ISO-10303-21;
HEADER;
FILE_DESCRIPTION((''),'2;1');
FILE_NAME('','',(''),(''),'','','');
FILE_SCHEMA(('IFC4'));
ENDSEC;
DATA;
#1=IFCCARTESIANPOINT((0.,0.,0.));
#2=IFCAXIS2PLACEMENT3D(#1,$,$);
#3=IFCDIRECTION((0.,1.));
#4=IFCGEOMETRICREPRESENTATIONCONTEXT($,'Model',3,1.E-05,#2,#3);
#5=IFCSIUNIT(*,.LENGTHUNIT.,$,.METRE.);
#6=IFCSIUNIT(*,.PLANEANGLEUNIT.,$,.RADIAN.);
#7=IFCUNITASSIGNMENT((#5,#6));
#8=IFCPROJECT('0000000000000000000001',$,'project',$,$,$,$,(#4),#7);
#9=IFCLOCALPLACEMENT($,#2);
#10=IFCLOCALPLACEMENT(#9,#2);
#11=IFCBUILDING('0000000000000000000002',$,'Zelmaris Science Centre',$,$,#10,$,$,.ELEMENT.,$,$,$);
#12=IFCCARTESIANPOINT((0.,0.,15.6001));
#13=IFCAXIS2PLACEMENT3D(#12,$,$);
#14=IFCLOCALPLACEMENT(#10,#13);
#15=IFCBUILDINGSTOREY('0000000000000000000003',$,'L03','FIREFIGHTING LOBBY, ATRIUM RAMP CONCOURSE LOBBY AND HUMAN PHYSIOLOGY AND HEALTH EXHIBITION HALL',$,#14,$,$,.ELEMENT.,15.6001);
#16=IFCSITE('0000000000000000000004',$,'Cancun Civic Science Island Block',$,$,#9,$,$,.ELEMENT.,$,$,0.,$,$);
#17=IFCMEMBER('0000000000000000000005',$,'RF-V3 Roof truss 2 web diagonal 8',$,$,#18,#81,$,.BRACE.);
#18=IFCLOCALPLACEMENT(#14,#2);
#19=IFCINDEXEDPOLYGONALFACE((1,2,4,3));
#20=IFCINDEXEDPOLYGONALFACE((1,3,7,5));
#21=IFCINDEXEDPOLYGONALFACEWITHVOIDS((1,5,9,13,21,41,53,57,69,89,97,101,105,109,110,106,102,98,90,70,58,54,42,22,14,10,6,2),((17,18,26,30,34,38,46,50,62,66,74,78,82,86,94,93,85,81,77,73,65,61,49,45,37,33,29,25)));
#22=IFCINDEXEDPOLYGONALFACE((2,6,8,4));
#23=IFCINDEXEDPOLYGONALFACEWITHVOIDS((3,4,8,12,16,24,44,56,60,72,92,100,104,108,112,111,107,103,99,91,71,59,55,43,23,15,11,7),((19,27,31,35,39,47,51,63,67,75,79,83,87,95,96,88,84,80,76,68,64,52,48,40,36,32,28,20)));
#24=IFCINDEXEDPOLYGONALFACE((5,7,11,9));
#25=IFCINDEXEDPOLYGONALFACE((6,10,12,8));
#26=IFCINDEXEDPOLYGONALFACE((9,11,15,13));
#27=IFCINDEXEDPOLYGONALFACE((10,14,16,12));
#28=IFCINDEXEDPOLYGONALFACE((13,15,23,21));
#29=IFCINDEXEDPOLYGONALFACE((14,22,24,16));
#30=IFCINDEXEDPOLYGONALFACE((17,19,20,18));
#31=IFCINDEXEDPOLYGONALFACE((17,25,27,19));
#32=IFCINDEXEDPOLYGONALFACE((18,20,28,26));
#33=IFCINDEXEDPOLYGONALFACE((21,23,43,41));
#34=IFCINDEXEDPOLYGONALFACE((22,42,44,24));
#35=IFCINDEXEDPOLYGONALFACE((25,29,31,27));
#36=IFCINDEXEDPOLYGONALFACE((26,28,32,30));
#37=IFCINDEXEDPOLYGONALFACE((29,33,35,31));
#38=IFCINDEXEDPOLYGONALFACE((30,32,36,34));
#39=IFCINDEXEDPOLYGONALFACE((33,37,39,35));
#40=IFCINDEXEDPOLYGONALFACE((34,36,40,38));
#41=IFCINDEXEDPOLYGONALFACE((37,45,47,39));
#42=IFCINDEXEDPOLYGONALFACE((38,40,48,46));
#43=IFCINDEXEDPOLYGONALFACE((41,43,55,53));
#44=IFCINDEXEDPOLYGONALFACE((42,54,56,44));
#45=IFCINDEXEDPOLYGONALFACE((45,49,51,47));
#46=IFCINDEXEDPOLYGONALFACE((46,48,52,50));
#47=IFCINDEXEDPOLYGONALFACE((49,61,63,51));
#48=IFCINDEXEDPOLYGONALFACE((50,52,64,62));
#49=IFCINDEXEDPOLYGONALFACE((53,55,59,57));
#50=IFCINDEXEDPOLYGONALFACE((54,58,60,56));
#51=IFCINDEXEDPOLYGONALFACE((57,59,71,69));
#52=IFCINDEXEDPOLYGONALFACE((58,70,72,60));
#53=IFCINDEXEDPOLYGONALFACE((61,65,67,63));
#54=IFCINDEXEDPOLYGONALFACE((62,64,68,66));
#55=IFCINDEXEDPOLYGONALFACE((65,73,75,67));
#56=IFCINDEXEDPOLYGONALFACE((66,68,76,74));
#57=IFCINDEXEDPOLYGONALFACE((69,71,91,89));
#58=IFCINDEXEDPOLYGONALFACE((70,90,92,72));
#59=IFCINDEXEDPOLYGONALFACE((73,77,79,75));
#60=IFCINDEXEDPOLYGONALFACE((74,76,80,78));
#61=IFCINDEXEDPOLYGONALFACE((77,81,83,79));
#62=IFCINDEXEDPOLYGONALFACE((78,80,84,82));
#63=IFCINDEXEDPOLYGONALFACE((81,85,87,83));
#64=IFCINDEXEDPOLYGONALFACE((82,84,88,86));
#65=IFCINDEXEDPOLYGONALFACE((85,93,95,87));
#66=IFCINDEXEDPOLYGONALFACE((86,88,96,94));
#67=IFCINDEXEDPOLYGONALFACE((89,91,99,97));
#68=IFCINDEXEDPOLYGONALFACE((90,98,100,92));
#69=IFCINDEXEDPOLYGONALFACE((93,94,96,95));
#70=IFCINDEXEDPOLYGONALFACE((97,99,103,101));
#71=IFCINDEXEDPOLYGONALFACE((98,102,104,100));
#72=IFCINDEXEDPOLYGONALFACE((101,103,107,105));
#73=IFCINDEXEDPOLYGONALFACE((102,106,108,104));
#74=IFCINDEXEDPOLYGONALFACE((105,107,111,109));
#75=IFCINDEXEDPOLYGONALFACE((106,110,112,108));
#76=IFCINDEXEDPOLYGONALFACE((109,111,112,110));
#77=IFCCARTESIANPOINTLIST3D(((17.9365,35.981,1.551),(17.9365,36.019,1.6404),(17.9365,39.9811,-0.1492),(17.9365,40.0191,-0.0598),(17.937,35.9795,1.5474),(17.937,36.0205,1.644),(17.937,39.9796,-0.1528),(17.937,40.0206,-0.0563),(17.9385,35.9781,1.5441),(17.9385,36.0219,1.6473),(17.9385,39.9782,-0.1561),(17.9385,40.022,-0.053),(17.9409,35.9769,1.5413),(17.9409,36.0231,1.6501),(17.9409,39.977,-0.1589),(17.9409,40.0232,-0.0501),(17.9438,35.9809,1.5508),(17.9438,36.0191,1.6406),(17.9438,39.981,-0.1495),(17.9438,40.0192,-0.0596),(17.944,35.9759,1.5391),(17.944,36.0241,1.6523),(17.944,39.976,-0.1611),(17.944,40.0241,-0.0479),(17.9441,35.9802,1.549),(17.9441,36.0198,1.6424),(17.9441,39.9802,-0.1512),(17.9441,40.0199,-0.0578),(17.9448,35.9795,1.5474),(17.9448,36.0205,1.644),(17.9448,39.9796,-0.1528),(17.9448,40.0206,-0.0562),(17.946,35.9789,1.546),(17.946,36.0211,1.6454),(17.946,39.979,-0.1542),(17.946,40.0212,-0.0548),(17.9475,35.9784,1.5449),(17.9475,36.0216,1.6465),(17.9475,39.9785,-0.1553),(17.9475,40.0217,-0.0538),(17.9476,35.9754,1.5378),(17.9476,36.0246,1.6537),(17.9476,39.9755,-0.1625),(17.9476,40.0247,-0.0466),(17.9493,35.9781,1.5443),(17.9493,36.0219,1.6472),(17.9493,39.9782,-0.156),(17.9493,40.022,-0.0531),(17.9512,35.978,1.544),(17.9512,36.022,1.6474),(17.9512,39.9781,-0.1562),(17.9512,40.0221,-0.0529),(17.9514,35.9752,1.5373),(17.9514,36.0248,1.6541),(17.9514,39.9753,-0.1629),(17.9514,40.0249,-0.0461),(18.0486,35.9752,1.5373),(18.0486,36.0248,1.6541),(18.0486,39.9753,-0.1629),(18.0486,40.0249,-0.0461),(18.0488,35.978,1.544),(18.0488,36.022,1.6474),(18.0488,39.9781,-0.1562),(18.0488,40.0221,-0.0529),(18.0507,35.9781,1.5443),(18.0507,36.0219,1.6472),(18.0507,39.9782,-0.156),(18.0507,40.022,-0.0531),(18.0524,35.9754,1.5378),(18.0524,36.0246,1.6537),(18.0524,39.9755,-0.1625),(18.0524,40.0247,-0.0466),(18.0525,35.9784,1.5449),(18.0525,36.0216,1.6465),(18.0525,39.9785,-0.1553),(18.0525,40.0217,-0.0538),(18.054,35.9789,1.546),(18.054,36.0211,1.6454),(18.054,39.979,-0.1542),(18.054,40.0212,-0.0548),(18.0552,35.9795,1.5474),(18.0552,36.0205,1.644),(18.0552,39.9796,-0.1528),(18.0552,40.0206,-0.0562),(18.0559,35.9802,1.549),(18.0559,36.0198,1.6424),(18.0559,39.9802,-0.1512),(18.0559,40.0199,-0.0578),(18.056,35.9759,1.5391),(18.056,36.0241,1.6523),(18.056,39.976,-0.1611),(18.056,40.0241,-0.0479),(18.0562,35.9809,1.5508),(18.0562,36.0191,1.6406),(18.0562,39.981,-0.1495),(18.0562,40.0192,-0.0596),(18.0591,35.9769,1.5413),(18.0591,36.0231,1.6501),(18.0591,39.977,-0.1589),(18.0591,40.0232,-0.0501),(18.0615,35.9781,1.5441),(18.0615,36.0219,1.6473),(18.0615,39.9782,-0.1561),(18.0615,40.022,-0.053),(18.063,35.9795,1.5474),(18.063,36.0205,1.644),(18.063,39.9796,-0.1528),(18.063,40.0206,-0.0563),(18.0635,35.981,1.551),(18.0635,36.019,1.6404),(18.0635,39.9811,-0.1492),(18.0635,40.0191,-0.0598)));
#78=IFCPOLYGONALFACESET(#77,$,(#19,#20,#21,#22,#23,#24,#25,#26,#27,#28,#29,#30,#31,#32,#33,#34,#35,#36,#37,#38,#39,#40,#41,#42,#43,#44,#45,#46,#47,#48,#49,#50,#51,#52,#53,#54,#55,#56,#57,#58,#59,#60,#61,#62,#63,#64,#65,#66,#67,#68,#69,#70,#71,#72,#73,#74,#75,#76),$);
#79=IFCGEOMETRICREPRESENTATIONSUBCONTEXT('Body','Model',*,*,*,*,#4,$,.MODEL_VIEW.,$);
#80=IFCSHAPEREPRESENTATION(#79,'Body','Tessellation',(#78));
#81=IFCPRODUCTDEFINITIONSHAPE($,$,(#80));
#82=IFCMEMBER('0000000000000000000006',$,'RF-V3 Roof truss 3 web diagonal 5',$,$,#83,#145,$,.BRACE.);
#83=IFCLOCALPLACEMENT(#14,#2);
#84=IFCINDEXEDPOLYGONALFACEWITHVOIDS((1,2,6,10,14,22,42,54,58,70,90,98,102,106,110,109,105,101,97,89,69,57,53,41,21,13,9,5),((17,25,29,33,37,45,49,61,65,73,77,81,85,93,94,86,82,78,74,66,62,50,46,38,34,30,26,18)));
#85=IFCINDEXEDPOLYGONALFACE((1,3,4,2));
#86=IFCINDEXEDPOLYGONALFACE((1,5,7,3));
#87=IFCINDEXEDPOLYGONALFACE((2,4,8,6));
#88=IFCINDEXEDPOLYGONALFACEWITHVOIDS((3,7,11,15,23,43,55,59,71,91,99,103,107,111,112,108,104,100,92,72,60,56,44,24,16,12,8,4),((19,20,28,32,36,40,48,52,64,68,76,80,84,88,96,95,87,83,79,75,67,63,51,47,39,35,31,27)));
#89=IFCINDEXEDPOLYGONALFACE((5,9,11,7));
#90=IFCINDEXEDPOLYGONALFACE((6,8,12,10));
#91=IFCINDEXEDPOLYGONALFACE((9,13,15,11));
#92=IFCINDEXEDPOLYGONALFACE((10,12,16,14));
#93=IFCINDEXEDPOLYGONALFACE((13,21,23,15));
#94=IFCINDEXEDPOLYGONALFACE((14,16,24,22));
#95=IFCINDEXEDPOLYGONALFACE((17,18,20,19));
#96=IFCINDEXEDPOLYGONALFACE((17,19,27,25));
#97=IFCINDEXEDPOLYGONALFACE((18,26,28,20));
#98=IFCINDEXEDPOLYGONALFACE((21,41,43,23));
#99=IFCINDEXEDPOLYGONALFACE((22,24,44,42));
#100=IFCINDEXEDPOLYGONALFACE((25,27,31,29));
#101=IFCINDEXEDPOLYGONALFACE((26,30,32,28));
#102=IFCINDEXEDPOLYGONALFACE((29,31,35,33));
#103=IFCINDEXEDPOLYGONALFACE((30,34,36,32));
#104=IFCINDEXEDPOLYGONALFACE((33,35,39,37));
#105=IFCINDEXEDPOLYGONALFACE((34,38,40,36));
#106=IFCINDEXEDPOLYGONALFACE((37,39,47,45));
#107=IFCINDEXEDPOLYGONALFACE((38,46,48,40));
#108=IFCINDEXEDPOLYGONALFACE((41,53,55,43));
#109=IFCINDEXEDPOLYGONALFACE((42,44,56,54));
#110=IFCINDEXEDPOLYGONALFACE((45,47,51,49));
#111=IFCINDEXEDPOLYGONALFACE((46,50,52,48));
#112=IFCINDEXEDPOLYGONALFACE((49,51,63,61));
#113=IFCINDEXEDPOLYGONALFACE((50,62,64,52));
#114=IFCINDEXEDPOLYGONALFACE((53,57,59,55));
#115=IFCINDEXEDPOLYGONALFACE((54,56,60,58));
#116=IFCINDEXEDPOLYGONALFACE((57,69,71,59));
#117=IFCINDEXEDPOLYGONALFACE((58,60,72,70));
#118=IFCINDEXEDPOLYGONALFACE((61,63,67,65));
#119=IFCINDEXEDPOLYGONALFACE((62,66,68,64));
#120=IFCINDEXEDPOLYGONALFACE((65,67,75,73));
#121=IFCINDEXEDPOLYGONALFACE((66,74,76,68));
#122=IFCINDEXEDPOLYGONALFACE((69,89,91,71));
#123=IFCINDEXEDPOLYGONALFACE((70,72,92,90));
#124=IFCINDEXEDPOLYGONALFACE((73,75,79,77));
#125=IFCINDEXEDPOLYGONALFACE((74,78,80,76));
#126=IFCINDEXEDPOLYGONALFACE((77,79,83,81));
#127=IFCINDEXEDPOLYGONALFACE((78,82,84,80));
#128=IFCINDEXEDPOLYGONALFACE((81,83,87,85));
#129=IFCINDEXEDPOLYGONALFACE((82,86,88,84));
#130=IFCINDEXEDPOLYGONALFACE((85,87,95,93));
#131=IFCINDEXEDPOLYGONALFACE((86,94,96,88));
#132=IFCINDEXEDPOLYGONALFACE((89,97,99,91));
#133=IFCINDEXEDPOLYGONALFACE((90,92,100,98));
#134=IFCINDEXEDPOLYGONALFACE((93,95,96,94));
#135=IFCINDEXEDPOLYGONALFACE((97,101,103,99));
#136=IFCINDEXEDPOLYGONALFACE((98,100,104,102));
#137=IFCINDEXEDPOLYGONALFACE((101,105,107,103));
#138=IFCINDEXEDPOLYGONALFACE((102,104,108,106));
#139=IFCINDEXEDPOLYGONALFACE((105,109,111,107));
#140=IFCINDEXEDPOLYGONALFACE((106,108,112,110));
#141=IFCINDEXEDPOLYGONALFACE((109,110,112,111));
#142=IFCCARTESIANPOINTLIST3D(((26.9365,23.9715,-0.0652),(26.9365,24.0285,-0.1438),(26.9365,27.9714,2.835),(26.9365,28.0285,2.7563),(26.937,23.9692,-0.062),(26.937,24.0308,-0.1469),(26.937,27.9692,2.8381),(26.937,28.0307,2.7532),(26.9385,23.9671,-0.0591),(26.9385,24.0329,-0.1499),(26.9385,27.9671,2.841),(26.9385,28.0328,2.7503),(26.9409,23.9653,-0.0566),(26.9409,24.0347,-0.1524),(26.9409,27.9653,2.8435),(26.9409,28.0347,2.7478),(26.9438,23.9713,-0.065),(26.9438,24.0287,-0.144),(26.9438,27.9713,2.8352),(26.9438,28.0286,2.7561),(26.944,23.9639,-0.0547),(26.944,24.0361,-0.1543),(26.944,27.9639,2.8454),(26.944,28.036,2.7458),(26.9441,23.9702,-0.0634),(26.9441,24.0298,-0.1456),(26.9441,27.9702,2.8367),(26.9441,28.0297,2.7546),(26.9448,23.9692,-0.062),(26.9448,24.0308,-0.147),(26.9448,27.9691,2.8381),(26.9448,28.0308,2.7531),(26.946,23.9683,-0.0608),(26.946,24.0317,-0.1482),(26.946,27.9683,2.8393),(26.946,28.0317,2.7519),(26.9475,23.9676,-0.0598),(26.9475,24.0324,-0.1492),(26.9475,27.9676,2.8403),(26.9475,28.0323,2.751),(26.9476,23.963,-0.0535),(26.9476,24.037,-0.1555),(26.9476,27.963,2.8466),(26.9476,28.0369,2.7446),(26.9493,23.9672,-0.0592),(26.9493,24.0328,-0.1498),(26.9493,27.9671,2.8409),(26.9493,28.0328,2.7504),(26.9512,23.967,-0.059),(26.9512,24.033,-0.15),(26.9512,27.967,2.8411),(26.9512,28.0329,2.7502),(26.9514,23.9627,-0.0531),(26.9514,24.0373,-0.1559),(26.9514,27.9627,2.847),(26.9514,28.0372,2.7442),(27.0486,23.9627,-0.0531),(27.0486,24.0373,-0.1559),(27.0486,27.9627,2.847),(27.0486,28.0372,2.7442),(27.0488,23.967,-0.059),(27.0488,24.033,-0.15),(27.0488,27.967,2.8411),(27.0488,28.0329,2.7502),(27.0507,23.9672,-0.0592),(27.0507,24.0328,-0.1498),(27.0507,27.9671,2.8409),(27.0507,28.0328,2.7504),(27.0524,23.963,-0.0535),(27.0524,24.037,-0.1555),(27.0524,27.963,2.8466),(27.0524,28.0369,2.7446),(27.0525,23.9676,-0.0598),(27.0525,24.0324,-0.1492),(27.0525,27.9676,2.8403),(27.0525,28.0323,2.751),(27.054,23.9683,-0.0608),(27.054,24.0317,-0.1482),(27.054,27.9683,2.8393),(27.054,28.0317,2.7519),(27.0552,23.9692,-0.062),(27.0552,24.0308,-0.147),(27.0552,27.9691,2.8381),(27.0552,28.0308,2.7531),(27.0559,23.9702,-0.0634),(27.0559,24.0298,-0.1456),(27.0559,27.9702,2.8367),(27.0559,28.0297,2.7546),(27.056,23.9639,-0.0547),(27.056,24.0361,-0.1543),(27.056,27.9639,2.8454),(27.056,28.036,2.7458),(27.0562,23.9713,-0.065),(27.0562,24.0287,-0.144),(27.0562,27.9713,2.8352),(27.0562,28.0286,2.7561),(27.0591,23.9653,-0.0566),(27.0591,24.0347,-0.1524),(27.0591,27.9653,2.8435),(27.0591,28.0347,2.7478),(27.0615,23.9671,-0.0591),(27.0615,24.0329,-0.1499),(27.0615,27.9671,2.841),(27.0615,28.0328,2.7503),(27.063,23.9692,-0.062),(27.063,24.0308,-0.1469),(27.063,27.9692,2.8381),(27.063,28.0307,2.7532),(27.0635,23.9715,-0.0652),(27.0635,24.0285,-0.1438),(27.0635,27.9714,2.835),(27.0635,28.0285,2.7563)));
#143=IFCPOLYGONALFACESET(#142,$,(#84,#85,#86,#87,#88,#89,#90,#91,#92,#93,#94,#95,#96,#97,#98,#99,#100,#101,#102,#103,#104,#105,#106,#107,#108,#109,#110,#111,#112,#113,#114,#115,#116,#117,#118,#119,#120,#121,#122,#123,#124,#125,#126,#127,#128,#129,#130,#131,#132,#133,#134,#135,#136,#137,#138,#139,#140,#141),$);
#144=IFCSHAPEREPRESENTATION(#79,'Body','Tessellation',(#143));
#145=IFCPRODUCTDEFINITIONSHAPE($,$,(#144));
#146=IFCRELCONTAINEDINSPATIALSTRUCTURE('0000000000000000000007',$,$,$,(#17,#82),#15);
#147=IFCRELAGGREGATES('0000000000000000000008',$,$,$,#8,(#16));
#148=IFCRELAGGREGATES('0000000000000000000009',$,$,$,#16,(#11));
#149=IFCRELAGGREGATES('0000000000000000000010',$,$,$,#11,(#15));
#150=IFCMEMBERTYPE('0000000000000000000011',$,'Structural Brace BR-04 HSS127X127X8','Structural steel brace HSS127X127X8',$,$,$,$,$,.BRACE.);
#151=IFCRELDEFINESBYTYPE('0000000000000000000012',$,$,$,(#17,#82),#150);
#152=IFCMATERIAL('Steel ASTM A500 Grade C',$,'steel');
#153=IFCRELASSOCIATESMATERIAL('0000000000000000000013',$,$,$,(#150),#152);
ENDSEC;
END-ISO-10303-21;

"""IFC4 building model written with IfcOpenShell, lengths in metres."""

from ifc_helpers import new_model, si_unit, direction, frame, origin, origin_2d, place, context, subcontext, project, spatial, hollow_rectangle, extrude, material, material_profile, profile_set, type_object, element, save


model = new_model("IFC4")

# Units and contexts
model_context = context("Model", 3, precision=1e-05, world=origin(), true_north=direction((0.0, 1.0)))
body_context = subcontext(model_context, "Body", "Model", "MODEL_VIEW")
ifc_project = project(units=[si_unit("LENGTHUNIT", "METRE"), si_unit("PLANEANGLEUNIT", "RADIAN")], contexts=[model_context])

# Site, building, storey
site_placement = place(None, origin())
site = spatial("IfcSite", under=ifc_project, at=site_placement, Name="Cancun Civic Science Island Block", CompositionType="ELEMENT", RefElevation=0.0)
building_placement = place(site_placement, origin())
building = spatial("IfcBuilding", under=site, at=building_placement, Name="Zelmaris Science Centre", CompositionType="ELEMENT")
storey_placement = place(building_placement, frame((0.0, 0.0, 15.6001)))
storey = spatial("IfcBuildingStorey", under=building, at=storey_placement, Name="L03", Description="FIREFIGHTING LOBBY, ATRIUM RAMP CONCOURSE LOBBY AND HUMAN PHYSIOLOGY AND HEALTH EXHIBITION HALL", CompositionType="ELEMENT", Elevation=15.6001)

# Shared definitions
ifc_material_1 = material(Name="Steel ASTM A500 Grade C", Category="steel")

# Members
ifc_material_profile_1 = material_profile(ifc_material_1, hollow_rectangle(XDim=0.127, YDim=0.127, WallThickness=0.0073, InnerFilletRadius=0.0073, OuterFilletRadius=0.0149, at=origin_2d()), Name="HSS127X127X8")
ifc_profile_set_1 = profile_set([ifc_material_profile_1], Name="Steel ASTM A500 Grade C")
member_type_1 = type_object("IfcMemberType", Name="Structural Brace BR-04 HSS127X127X8", Description="Structural steel brace HSS127X127X8", PredefinedType="BRACE", material=ifc_profile_set_1)
for number, where, z_axis, x_axis, name in (
    (1, (18.0, 36.0, 1.5957), (0.0, 0.920315, -0.391179), (-1.0, 0.0, 0.0), "RF-V3 Roof truss 2 web diagonal 8"),
):
    element("IfcMember", number, at=place(storey_placement, frame(where, z_axis=z_axis, x_axis=x_axis)), inside=storey, type_object=member_type_1, Name=name, PredefinedType="BRACE", context=body_context, shape_type="SweptSolid", body=[
        extrude(hollow_rectangle(XDim=0.127, YDim=0.127, WallThickness=0.0073, InnerFilletRadius=0.0073, OuterFilletRadius=0.0149, at=origin_2d()), origin(), (0.0, 0.0, 1.0), 4.3464),
    ])
for number, where, z_axis, x_axis, name in (
    (2, (27.0, 24.0, -0.1045), (0.0, 0.809596, 0.586987), (-1.0, 0.0, 0.0), "RF-V3 Roof truss 3 web diagonal 5"),
):
    element("IfcMember", number, at=place(storey_placement, frame(where, z_axis=z_axis, x_axis=x_axis)), inside=storey, type_object=member_type_1, Name=name, PredefinedType="BRACE", context=body_context, shape_type="SweptSolid", body=[
        extrude(hollow_rectangle(XDim=0.127, YDim=0.127, WallThickness=0.0073, InnerFilletRadius=0.0073, OuterFilletRadius=0.0149, at=origin_2d()), origin(), (0.0, 0.0, 1.0), 4.9407),
    ])

save(model, "model.ifc")
